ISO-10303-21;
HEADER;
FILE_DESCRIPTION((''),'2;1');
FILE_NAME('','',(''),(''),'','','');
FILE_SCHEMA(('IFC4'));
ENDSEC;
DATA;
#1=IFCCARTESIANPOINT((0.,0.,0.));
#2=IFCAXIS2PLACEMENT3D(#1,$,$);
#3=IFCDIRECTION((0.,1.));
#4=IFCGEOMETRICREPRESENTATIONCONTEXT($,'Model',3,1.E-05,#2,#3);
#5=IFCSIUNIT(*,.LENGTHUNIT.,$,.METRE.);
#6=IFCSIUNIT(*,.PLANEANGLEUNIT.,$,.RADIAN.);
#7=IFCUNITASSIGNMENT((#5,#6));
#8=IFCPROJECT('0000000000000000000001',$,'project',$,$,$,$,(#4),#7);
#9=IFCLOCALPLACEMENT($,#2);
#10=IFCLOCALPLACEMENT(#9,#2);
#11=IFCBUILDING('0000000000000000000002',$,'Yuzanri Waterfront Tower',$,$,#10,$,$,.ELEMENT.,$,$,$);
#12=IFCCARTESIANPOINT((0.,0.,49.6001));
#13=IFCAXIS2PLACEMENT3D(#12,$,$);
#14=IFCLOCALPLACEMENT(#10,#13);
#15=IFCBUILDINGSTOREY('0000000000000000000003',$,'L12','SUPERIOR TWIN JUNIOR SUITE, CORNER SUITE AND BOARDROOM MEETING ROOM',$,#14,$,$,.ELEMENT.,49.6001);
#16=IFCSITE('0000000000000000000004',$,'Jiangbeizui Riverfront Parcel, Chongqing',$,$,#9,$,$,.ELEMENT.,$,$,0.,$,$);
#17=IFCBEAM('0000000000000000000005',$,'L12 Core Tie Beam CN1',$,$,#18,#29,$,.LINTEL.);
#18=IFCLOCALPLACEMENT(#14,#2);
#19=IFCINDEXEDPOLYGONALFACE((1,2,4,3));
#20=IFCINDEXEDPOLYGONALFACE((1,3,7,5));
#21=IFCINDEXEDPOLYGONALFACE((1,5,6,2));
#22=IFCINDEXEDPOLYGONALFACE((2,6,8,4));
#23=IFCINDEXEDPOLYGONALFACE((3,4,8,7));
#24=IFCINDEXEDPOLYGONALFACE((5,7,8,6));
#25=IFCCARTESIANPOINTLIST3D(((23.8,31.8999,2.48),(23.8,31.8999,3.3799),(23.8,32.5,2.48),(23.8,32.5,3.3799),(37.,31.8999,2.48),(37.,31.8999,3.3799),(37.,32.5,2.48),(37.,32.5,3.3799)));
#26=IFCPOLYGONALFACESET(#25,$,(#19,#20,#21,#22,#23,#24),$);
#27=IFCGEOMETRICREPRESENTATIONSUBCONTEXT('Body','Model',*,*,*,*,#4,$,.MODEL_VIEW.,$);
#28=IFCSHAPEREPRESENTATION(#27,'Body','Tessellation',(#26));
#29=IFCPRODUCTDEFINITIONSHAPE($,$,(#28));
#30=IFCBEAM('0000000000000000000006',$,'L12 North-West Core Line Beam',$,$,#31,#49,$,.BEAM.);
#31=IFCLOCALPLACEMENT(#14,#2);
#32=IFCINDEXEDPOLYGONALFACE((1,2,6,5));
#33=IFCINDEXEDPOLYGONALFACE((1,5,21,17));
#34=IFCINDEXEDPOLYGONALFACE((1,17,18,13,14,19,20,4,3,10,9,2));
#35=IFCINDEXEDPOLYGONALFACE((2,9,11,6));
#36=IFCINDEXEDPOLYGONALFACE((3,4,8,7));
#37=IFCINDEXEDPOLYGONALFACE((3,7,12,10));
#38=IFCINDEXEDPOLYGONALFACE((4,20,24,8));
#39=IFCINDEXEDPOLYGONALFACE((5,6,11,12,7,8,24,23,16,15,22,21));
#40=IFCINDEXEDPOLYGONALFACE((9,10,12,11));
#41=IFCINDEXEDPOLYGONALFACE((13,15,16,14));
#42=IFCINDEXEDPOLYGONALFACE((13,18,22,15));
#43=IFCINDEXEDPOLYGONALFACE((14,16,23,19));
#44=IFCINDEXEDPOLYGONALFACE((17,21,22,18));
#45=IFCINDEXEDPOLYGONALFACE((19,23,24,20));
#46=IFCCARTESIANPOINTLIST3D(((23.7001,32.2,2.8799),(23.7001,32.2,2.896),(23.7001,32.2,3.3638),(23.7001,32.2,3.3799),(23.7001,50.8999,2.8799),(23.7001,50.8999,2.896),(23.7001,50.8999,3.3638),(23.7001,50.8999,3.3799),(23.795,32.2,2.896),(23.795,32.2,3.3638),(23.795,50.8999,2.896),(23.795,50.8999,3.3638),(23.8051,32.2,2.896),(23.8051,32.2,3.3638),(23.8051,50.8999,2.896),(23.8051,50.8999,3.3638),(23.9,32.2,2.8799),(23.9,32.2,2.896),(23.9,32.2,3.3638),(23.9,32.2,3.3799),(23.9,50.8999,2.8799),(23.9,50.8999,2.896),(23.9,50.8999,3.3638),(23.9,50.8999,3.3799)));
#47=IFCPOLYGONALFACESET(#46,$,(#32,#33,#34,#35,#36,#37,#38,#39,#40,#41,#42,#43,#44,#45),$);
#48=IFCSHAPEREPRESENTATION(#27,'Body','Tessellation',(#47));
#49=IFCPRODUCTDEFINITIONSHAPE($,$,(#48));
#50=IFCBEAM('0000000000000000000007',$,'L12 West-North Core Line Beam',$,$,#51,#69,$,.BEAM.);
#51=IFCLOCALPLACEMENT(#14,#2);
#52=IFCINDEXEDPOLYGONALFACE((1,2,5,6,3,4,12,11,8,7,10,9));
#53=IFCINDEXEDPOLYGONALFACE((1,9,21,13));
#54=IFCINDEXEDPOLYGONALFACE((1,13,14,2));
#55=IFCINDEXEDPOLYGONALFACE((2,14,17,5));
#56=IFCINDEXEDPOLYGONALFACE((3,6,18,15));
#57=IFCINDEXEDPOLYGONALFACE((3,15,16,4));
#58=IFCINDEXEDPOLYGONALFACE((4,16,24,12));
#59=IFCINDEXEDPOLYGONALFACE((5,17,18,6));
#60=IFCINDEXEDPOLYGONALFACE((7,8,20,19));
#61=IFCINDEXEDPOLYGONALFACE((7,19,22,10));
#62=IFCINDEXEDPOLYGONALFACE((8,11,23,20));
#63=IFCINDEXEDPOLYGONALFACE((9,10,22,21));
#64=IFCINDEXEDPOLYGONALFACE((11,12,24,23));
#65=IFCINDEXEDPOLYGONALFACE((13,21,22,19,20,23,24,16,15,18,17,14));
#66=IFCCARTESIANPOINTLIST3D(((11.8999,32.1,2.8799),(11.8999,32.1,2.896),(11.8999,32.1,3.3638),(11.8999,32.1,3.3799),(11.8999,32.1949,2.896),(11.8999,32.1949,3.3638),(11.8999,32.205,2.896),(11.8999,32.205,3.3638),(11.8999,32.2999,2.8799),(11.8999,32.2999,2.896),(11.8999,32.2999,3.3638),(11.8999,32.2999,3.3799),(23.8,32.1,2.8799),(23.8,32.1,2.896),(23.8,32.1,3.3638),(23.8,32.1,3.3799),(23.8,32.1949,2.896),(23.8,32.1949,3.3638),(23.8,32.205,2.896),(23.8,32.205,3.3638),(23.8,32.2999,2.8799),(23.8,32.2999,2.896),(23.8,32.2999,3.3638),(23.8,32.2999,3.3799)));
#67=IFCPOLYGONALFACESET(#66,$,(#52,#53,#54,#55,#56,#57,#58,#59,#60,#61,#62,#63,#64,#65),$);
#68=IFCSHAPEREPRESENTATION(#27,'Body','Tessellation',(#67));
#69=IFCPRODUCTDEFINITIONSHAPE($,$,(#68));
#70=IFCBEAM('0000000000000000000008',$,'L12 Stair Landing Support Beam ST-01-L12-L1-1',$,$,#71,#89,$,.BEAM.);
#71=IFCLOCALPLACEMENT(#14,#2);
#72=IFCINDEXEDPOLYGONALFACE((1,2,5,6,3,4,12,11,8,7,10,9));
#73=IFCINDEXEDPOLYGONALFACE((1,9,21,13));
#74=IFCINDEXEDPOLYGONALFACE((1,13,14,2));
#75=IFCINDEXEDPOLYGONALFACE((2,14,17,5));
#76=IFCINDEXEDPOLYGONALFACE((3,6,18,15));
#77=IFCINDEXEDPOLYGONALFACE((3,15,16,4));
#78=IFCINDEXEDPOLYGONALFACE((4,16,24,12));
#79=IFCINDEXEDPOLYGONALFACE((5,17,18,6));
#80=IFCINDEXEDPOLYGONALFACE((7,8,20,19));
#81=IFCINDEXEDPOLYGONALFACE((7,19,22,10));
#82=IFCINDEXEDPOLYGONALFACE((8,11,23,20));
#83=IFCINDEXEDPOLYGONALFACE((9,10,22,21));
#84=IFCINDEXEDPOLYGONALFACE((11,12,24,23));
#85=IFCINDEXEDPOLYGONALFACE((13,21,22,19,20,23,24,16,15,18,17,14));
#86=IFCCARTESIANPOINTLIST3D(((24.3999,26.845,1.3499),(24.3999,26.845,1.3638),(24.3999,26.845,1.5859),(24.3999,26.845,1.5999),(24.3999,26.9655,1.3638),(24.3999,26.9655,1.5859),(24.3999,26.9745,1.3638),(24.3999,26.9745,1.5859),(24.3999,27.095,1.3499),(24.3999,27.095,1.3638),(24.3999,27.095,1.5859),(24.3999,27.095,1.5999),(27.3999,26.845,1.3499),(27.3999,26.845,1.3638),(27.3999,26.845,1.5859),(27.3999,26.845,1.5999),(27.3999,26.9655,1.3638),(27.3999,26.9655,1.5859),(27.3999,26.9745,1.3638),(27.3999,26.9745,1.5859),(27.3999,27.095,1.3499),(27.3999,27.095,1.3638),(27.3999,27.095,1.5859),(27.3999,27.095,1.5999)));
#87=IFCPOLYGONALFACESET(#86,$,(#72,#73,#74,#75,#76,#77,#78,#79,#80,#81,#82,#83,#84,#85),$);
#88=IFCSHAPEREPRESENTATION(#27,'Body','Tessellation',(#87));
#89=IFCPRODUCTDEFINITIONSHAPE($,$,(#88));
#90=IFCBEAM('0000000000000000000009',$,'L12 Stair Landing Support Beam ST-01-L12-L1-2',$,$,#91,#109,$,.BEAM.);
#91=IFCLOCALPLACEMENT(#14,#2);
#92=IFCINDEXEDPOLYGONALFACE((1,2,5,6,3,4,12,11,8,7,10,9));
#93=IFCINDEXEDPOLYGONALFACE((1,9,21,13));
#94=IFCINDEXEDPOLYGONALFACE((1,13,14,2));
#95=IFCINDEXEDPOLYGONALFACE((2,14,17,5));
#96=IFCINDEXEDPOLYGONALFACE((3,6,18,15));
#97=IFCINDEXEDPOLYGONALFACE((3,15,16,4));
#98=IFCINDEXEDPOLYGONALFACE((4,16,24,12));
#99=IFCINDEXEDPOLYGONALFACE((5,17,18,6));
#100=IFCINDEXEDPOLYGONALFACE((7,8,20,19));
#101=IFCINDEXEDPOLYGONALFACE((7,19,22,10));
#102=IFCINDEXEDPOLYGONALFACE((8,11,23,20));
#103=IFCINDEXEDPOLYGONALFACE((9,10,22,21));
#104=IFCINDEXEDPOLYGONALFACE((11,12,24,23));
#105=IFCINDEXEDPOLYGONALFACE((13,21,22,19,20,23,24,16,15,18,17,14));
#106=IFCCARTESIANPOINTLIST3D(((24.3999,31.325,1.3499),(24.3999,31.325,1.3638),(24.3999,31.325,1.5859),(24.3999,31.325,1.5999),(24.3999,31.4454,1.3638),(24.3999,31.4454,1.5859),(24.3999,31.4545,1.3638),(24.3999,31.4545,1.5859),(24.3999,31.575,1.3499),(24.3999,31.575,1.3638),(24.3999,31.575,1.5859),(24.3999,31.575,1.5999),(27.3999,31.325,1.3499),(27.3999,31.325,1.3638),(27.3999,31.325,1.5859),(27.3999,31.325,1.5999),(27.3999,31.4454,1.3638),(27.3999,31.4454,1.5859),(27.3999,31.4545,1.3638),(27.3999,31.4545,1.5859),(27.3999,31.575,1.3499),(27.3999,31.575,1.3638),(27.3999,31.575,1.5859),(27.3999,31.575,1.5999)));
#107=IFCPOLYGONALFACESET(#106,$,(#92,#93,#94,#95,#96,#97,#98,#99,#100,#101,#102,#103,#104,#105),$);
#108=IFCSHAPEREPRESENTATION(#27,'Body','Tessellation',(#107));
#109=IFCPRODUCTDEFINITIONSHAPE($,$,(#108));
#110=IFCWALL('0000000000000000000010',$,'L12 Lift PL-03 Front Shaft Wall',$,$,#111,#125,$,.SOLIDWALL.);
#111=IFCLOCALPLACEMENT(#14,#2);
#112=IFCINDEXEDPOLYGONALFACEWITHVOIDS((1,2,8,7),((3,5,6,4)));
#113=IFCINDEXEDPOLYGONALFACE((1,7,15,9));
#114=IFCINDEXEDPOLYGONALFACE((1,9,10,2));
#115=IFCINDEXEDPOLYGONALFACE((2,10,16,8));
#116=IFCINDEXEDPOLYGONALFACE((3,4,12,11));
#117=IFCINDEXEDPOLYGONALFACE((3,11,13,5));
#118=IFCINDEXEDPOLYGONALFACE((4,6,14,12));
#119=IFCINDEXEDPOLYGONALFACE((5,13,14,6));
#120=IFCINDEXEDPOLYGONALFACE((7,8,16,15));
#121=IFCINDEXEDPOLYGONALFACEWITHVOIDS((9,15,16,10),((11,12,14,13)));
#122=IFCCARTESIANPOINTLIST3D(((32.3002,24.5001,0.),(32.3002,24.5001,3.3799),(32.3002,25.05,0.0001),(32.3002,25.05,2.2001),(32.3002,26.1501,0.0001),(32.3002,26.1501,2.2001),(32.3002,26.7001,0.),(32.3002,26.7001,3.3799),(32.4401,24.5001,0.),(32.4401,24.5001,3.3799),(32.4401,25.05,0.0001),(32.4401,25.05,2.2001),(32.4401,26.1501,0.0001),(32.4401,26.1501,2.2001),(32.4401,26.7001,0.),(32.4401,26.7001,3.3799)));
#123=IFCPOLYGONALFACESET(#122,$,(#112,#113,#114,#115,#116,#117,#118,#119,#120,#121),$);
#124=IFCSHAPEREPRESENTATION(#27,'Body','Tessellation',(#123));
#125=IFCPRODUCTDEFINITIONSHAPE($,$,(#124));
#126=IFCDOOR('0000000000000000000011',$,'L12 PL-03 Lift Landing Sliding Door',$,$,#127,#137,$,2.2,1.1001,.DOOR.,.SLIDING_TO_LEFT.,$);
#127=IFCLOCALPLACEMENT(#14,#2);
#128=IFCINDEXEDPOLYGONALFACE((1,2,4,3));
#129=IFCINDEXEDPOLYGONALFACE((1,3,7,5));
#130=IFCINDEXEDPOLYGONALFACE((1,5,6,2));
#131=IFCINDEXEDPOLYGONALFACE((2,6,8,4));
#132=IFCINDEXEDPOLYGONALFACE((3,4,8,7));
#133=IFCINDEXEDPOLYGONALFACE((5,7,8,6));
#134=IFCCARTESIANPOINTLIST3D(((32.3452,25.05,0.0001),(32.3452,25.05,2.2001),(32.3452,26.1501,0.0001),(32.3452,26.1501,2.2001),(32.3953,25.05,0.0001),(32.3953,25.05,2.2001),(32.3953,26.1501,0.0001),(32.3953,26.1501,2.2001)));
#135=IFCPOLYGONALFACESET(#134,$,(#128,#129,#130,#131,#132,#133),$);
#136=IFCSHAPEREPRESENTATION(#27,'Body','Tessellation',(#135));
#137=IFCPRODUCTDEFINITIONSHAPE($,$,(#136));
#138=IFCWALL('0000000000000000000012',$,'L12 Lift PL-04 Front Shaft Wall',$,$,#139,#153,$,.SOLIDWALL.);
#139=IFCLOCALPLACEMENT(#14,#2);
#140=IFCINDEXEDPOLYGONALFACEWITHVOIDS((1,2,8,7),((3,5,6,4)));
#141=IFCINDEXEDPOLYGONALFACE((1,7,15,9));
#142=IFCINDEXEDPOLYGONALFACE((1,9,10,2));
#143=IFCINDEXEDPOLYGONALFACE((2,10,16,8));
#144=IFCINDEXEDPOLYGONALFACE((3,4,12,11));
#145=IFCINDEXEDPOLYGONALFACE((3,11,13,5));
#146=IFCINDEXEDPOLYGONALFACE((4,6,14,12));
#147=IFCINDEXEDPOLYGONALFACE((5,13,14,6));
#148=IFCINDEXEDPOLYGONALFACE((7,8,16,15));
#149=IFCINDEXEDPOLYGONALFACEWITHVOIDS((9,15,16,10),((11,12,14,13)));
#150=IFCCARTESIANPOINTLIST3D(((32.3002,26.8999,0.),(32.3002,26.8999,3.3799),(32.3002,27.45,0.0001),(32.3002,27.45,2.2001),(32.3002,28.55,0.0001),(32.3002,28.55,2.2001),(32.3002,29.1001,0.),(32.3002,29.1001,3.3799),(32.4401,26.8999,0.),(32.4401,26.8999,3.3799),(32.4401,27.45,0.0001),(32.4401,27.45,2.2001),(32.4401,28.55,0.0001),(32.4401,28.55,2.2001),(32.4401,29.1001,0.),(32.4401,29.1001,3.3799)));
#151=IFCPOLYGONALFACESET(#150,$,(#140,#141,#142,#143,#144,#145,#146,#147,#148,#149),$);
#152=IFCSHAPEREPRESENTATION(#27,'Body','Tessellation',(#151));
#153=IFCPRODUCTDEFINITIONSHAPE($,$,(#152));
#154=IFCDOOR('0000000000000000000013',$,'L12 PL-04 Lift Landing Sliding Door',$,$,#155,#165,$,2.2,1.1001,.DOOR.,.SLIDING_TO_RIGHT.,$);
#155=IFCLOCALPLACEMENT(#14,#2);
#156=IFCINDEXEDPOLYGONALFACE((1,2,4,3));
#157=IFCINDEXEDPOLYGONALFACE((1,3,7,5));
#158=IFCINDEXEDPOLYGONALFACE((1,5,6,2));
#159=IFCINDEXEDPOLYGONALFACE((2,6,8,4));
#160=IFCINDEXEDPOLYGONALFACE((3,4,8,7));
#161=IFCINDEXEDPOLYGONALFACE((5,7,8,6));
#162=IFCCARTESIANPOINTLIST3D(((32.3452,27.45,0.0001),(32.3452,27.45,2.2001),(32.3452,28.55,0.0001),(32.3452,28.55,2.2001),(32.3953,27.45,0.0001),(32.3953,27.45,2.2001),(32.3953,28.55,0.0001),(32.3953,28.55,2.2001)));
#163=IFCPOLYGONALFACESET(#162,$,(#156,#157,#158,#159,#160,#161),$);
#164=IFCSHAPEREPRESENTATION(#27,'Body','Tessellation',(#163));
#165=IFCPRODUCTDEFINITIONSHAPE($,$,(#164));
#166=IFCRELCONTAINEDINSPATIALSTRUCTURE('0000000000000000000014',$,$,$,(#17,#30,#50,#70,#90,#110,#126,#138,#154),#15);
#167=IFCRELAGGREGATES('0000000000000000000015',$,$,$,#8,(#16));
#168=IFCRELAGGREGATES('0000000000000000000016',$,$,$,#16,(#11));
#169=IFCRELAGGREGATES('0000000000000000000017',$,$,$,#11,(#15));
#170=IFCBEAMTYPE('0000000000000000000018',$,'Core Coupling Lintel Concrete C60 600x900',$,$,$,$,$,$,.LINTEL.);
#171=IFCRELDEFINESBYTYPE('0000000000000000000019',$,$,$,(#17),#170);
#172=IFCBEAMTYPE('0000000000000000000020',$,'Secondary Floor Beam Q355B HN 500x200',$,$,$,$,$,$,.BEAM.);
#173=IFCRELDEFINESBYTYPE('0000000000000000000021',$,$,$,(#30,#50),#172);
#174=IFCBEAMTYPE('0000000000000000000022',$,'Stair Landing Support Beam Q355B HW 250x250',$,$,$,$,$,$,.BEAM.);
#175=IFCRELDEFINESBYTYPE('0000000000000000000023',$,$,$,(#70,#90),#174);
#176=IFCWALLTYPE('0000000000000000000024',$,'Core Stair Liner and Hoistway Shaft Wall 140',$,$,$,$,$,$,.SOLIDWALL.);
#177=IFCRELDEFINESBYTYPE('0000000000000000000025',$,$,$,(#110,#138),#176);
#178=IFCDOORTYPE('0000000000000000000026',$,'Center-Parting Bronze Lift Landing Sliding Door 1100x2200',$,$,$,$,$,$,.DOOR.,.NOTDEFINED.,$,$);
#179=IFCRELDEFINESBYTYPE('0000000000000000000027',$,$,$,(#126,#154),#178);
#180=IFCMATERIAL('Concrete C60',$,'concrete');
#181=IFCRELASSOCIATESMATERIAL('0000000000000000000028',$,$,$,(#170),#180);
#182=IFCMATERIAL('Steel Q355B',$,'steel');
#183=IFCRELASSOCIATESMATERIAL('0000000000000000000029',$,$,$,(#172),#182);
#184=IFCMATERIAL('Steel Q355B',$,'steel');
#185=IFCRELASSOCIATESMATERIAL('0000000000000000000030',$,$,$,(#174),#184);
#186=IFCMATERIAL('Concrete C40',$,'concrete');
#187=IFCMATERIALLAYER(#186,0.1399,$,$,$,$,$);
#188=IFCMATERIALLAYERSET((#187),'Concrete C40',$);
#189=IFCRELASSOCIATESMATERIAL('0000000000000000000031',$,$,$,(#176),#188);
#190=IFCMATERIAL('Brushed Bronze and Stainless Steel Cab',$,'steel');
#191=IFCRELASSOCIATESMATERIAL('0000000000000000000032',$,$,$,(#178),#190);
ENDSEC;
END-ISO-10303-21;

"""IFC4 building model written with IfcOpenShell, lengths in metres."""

from ifc_helpers import new_model, si_unit, direction, frame, frame_2d, origin, origin_2d, place, context, subcontext, project, spatial, rectangle, i_section, extrude, source, transform, mapped, material, layer, layer_set, material_profile, profile_set, type_object, element, fill, save


model = new_model("IFC4")

# Units and contexts
model_context = context("Model", 3, precision=1e-05, world=origin(), true_north=direction((0.0, 1.0)))
body_context = subcontext(model_context, "Body", "Model", "MODEL_VIEW")
ifc_project = project(units=[si_unit("LENGTHUNIT", "METRE"), si_unit("PLANEANGLEUNIT", "RADIAN")], contexts=[model_context])

# Site, building, storey
site_placement = place(None, origin())
site = spatial("IfcSite", under=ifc_project, at=site_placement, Name="Jiangbeizui Riverfront Parcel, Chongqing", CompositionType="ELEMENT", RefElevation=0.0)
building_placement = place(site_placement, origin())
building = spatial("IfcBuilding", under=site, at=building_placement, Name="Yuzanri Waterfront Tower", CompositionType="ELEMENT")
storey_placement = place(building_placement, frame((0.0, 0.0, 49.6001)))
storey = spatial("IfcBuildingStorey", under=building, at=storey_placement, Name="L12", Description="SUPERIOR TWIN JUNIOR SUITE, CORNER SUITE AND BOARDROOM MEETING ROOM", CompositionType="ELEMENT", Elevation=49.6001)

# Beams
ifc_material_1 = material(Name="Concrete C60", Category="concrete")
ifc_material_profile_1 = material_profile(ifc_material_1, rectangle(XDim=0.6001, YDim=0.8999, at=origin_2d()), Name="RC 600x900")
ifc_profile_set_1 = profile_set([ifc_material_profile_1], Name="Concrete C60")
beam_type_1 = type_object("IfcBeamType", Name="Core Coupling Lintel Concrete C60 600x900", PredefinedType="LINTEL", material=ifc_profile_set_1)
shared_shape_1 = source(origin(), body_context, "Body", "SweptSolid", [
    extrude(rectangle(XDim=0.6001, YDim=0.8999, at=origin_2d()), origin(), (0.0, 0.0, 1.0), 13.2),
])
beam_1_placement = place(storey_placement, frame((23.8, 32.2, 2.9299), z_axis=(1.0, 0.0, 0.0), x_axis=(0.0, 1.0, 0.0)))
element("IfcBeam", 1, at=beam_1_placement, inside=storey, type_object=beam_type_1, Name="L12 Core Tie Beam CN1", PredefinedType="LINTEL", context=body_context, shape_type="MappedRepresentation", body=[
    mapped(shared_shape_1, transform((0.0, 0.0, 0.0), scale=1.0)),
])
ifc_material_2 = material(Name="Steel Q355B", Category="steel")
ifc_material_profile_2 = material_profile(ifc_material_2, i_section(OverallWidth=0.2, OverallDepth=0.5, WebThickness=0.01, FlangeThickness=0.0161, at=origin_2d()), Name="HN 500x200x10x16")
ifc_profile_set_2 = profile_set([ifc_material_profile_2], Name="Steel Q355B")
beam_type_2 = type_object("IfcBeamType", Name="Secondary Floor Beam Q355B HN 500x200", PredefinedType="BEAM", material=ifc_profile_set_2)
shared_shape_2 = source(origin(), body_context, "Body", "SweptSolid", [
    extrude(i_section(OverallWidth=0.2, OverallDepth=0.5, WebThickness=0.01, FlangeThickness=0.0161, at=origin_2d()), origin(), (0.0, 0.0, 1.0), 18.7),
])
beam_2_placement = place(storey_placement, frame((23.8, 32.2, 3.1299), z_axis=(0.0, 1.0, 0.0), x_axis=(-1.0, 0.0, 0.0)))
element("IfcBeam", 2, at=beam_2_placement, inside=storey, type_object=beam_type_2, Name="L12 North-West Core Line Beam", PredefinedType="BEAM", context=body_context, shape_type="MappedRepresentation", body=[
    mapped(shared_shape_2, transform((0.0, 0.0, 0.0), scale=1.0)),
])
shared_shape_3 = source(origin(), body_context, "Body", "SweptSolid", [
    extrude(i_section(OverallWidth=0.2, OverallDepth=0.5, WebThickness=0.01, FlangeThickness=0.0161, at=origin_2d()), origin(), (0.0, 0.0, 1.0), 11.9001),
])
beam_3_placement = place(storey_placement, frame((23.8, 32.2, 3.1299), z_axis=(-1.0, 0.0, 0.0), x_axis=(0.0, -1.0, 0.0)))
element("IfcBeam", 3, at=beam_3_placement, inside=storey, type_object=beam_type_2, Name="L12 West-North Core Line Beam", PredefinedType="BEAM", context=body_context, shape_type="MappedRepresentation", body=[
    mapped(shared_shape_3, transform((0.0, 0.0, 0.0), scale=1.0)),
])
ifc_material_3 = material(Name="Steel Q355B", Category="steel")
ifc_material_profile_3 = material_profile(ifc_material_3, i_section(OverallWidth=0.25, OverallDepth=0.25, WebThickness=0.009, FlangeThickness=0.0139, at=origin_2d()), Name="HW 250x250x9x14")
ifc_profile_set_3 = profile_set([ifc_material_profile_3], Name="Steel Q355B")
beam_type_3 = type_object("IfcBeamType", Name="Stair Landing Support Beam Q355B HW 250x250", PredefinedType="BEAM", material=ifc_profile_set_3)
shared_shape_4 = source(origin(), body_context, "Body", "SweptSolid", [
    extrude(i_section(OverallWidth=0.25, OverallDepth=0.25, WebThickness=0.009, FlangeThickness=0.0139, at=origin_2d()), origin(), (0.0, 0.0, 1.0), 3.0),
])
for number, where, z_axis, x_axis, name in (
    (4, (24.3999, 26.97, 1.4749), (1.0, 0.0, 0.0), (0.0, 1.0, 0.0), "L12 Stair Landing Support Beam ST-01-L12-L1-1"),
    (5, (24.3999, 31.45, 1.4749), (1.0, 0.0, 0.0), (0.0, 1.0, 0.0), "L12 Stair Landing Support Beam ST-01-L12-L1-2"),
):
    element("IfcBeam", number, at=place(storey_placement, frame(where, z_axis=z_axis, x_axis=x_axis)), inside=storey, type_object=beam_type_3, Name=name, PredefinedType="BEAM", context=body_context, shape_type="MappedRepresentation", body=[
        mapped(shared_shape_4, transform((0.0, 0.0, 0.0), scale=1.0)),
    ])

# Walls, openings, doors
ifc_material_4 = material(Name="Concrete C40", Category="concrete")
ifc_layer_1 = layer(ifc_material_4, 0.1399)
ifc_layer_set_1 = layer_set([ifc_layer_1], Name="Concrete C40")
wall_type_1 = type_object("IfcWallType", Name="Core Stair Liner and Hoistway Shaft Wall 140", PredefinedType="SOLIDWALL", material=ifc_layer_set_1)
wall_1_placement = place(storey_placement, frame((32.3701, 24.5, 0.0), z_axis=(0.0, 0.0, 1.0), x_axis=(0.0, 1.0, 0.0)))
wall_1 = element("IfcWall", 6, at=wall_1_placement, inside=storey, type_object=wall_type_1, Name="L12 Lift PL-03 Front Shaft Wall", PredefinedType="SOLIDWALL", context=body_context, shape_type="SweptSolid", body=[
    extrude(rectangle(XDim=2.2, YDim=0.1399, at=frame_2d((1.1001, 0.0))), origin(), (0.0, 0.0, 1.0), 3.3799),
])
opening_1_placement = place(wall_1_placement, frame((0.55, 0.0, 0.0)))
opening_1 = element("IfcOpeningElement", 7, at=opening_1_placement, cuts=wall_1, PredefinedType="OPENING", context=body_context, shape_type="SweptSolid", body=[
    extrude(rectangle(XDim=1.1001, YDim=2.2, at=frame_2d((0.55, 1.1001))), frame((0.0, 0.085, 0.0), z_axis=(0.0, -1.0, 0.0), x_axis=(1.0, 0.0, 0.0)), (0.0, 0.0, 1.0), 0.1697),
])
ifc_material_5 = material(Name="Brushed Bronze and Stainless Steel Cab", Category="steel")
door_type_1 = type_object("IfcDoorType", Name="Center-Parting Bronze Lift Landing Sliding Door 1100x2200", OperationType="NOTDEFINED", PredefinedType="DOOR", material=ifc_material_5)
shared_shape_5 = source(origin(), body_context, "Body", "SweptSolid", [
    extrude(rectangle(XDim=1.1001, YDim=2.2, at=frame_2d((0.55, 1.1001))), frame((0.0, 0.0249, 0.0), z_axis=(0.0, -1.0, 0.0), x_axis=(1.0, 0.0, 0.0)), (0.0, 0.0, 1.0), 0.05),
])
door_1_placement = place(opening_1_placement, origin())
door_1 = element("IfcDoor", 8, at=door_1_placement, inside=storey, type_object=door_type_1, Name="L12 PL-03 Lift Landing Sliding Door", OperationType="SLIDING_TO_LEFT", OverallHeight=2.2, OverallWidth=1.1001, PredefinedType="DOOR", context=body_context, shape_type="MappedRepresentation", body=[
    mapped(shared_shape_5, transform((0.0, 0.0, 0.0), scale=1.0)),
])
fill(opening_1, door_1)
wall_2_placement = place(storey_placement, frame((32.3701, 26.8999, 0.0), z_axis=(0.0, 0.0, 1.0), x_axis=(0.0, 1.0, 0.0)))
wall_2 = element("IfcWall", 9, at=wall_2_placement, inside=storey, type_object=wall_type_1, Name="L12 Lift PL-04 Front Shaft Wall", PredefinedType="SOLIDWALL", context=body_context, shape_type="SweptSolid", body=[
    extrude(rectangle(XDim=2.2002, YDim=0.1399, at=frame_2d((1.1001, 0.0))), origin(), (0.0, 0.0, 1.0), 3.3799),
])
opening_2_placement = place(wall_2_placement, frame((0.55, 0.0, 0.0)))
opening_2 = element("IfcOpeningElement", 10, at=opening_2_placement, cuts=wall_2, PredefinedType="OPENING", context=body_context, shape_type="SweptSolid", body=[
    extrude(rectangle(XDim=1.1001, YDim=2.2, at=frame_2d((0.55, 1.1001))), frame((0.0, 0.085, 0.0), z_axis=(0.0, -1.0, 0.0), x_axis=(1.0, 0.0, 0.0)), (0.0, 0.0, 1.0), 0.1697),
])
door_2_placement = place(opening_2_placement, origin())
door_2 = element("IfcDoor", 11, at=door_2_placement, inside=storey, type_object=door_type_1, Name="L12 PL-04 Lift Landing Sliding Door", OperationType="SLIDING_TO_RIGHT", OverallHeight=2.2, OverallWidth=1.1001, PredefinedType="DOOR", context=body_context, shape_type="MappedRepresentation", body=[
    mapped(shared_shape_5, transform((0.0, 0.0, 0.0), scale=1.0)),
])
fill(opening_2, door_2)

save(model, "model.ifc")
